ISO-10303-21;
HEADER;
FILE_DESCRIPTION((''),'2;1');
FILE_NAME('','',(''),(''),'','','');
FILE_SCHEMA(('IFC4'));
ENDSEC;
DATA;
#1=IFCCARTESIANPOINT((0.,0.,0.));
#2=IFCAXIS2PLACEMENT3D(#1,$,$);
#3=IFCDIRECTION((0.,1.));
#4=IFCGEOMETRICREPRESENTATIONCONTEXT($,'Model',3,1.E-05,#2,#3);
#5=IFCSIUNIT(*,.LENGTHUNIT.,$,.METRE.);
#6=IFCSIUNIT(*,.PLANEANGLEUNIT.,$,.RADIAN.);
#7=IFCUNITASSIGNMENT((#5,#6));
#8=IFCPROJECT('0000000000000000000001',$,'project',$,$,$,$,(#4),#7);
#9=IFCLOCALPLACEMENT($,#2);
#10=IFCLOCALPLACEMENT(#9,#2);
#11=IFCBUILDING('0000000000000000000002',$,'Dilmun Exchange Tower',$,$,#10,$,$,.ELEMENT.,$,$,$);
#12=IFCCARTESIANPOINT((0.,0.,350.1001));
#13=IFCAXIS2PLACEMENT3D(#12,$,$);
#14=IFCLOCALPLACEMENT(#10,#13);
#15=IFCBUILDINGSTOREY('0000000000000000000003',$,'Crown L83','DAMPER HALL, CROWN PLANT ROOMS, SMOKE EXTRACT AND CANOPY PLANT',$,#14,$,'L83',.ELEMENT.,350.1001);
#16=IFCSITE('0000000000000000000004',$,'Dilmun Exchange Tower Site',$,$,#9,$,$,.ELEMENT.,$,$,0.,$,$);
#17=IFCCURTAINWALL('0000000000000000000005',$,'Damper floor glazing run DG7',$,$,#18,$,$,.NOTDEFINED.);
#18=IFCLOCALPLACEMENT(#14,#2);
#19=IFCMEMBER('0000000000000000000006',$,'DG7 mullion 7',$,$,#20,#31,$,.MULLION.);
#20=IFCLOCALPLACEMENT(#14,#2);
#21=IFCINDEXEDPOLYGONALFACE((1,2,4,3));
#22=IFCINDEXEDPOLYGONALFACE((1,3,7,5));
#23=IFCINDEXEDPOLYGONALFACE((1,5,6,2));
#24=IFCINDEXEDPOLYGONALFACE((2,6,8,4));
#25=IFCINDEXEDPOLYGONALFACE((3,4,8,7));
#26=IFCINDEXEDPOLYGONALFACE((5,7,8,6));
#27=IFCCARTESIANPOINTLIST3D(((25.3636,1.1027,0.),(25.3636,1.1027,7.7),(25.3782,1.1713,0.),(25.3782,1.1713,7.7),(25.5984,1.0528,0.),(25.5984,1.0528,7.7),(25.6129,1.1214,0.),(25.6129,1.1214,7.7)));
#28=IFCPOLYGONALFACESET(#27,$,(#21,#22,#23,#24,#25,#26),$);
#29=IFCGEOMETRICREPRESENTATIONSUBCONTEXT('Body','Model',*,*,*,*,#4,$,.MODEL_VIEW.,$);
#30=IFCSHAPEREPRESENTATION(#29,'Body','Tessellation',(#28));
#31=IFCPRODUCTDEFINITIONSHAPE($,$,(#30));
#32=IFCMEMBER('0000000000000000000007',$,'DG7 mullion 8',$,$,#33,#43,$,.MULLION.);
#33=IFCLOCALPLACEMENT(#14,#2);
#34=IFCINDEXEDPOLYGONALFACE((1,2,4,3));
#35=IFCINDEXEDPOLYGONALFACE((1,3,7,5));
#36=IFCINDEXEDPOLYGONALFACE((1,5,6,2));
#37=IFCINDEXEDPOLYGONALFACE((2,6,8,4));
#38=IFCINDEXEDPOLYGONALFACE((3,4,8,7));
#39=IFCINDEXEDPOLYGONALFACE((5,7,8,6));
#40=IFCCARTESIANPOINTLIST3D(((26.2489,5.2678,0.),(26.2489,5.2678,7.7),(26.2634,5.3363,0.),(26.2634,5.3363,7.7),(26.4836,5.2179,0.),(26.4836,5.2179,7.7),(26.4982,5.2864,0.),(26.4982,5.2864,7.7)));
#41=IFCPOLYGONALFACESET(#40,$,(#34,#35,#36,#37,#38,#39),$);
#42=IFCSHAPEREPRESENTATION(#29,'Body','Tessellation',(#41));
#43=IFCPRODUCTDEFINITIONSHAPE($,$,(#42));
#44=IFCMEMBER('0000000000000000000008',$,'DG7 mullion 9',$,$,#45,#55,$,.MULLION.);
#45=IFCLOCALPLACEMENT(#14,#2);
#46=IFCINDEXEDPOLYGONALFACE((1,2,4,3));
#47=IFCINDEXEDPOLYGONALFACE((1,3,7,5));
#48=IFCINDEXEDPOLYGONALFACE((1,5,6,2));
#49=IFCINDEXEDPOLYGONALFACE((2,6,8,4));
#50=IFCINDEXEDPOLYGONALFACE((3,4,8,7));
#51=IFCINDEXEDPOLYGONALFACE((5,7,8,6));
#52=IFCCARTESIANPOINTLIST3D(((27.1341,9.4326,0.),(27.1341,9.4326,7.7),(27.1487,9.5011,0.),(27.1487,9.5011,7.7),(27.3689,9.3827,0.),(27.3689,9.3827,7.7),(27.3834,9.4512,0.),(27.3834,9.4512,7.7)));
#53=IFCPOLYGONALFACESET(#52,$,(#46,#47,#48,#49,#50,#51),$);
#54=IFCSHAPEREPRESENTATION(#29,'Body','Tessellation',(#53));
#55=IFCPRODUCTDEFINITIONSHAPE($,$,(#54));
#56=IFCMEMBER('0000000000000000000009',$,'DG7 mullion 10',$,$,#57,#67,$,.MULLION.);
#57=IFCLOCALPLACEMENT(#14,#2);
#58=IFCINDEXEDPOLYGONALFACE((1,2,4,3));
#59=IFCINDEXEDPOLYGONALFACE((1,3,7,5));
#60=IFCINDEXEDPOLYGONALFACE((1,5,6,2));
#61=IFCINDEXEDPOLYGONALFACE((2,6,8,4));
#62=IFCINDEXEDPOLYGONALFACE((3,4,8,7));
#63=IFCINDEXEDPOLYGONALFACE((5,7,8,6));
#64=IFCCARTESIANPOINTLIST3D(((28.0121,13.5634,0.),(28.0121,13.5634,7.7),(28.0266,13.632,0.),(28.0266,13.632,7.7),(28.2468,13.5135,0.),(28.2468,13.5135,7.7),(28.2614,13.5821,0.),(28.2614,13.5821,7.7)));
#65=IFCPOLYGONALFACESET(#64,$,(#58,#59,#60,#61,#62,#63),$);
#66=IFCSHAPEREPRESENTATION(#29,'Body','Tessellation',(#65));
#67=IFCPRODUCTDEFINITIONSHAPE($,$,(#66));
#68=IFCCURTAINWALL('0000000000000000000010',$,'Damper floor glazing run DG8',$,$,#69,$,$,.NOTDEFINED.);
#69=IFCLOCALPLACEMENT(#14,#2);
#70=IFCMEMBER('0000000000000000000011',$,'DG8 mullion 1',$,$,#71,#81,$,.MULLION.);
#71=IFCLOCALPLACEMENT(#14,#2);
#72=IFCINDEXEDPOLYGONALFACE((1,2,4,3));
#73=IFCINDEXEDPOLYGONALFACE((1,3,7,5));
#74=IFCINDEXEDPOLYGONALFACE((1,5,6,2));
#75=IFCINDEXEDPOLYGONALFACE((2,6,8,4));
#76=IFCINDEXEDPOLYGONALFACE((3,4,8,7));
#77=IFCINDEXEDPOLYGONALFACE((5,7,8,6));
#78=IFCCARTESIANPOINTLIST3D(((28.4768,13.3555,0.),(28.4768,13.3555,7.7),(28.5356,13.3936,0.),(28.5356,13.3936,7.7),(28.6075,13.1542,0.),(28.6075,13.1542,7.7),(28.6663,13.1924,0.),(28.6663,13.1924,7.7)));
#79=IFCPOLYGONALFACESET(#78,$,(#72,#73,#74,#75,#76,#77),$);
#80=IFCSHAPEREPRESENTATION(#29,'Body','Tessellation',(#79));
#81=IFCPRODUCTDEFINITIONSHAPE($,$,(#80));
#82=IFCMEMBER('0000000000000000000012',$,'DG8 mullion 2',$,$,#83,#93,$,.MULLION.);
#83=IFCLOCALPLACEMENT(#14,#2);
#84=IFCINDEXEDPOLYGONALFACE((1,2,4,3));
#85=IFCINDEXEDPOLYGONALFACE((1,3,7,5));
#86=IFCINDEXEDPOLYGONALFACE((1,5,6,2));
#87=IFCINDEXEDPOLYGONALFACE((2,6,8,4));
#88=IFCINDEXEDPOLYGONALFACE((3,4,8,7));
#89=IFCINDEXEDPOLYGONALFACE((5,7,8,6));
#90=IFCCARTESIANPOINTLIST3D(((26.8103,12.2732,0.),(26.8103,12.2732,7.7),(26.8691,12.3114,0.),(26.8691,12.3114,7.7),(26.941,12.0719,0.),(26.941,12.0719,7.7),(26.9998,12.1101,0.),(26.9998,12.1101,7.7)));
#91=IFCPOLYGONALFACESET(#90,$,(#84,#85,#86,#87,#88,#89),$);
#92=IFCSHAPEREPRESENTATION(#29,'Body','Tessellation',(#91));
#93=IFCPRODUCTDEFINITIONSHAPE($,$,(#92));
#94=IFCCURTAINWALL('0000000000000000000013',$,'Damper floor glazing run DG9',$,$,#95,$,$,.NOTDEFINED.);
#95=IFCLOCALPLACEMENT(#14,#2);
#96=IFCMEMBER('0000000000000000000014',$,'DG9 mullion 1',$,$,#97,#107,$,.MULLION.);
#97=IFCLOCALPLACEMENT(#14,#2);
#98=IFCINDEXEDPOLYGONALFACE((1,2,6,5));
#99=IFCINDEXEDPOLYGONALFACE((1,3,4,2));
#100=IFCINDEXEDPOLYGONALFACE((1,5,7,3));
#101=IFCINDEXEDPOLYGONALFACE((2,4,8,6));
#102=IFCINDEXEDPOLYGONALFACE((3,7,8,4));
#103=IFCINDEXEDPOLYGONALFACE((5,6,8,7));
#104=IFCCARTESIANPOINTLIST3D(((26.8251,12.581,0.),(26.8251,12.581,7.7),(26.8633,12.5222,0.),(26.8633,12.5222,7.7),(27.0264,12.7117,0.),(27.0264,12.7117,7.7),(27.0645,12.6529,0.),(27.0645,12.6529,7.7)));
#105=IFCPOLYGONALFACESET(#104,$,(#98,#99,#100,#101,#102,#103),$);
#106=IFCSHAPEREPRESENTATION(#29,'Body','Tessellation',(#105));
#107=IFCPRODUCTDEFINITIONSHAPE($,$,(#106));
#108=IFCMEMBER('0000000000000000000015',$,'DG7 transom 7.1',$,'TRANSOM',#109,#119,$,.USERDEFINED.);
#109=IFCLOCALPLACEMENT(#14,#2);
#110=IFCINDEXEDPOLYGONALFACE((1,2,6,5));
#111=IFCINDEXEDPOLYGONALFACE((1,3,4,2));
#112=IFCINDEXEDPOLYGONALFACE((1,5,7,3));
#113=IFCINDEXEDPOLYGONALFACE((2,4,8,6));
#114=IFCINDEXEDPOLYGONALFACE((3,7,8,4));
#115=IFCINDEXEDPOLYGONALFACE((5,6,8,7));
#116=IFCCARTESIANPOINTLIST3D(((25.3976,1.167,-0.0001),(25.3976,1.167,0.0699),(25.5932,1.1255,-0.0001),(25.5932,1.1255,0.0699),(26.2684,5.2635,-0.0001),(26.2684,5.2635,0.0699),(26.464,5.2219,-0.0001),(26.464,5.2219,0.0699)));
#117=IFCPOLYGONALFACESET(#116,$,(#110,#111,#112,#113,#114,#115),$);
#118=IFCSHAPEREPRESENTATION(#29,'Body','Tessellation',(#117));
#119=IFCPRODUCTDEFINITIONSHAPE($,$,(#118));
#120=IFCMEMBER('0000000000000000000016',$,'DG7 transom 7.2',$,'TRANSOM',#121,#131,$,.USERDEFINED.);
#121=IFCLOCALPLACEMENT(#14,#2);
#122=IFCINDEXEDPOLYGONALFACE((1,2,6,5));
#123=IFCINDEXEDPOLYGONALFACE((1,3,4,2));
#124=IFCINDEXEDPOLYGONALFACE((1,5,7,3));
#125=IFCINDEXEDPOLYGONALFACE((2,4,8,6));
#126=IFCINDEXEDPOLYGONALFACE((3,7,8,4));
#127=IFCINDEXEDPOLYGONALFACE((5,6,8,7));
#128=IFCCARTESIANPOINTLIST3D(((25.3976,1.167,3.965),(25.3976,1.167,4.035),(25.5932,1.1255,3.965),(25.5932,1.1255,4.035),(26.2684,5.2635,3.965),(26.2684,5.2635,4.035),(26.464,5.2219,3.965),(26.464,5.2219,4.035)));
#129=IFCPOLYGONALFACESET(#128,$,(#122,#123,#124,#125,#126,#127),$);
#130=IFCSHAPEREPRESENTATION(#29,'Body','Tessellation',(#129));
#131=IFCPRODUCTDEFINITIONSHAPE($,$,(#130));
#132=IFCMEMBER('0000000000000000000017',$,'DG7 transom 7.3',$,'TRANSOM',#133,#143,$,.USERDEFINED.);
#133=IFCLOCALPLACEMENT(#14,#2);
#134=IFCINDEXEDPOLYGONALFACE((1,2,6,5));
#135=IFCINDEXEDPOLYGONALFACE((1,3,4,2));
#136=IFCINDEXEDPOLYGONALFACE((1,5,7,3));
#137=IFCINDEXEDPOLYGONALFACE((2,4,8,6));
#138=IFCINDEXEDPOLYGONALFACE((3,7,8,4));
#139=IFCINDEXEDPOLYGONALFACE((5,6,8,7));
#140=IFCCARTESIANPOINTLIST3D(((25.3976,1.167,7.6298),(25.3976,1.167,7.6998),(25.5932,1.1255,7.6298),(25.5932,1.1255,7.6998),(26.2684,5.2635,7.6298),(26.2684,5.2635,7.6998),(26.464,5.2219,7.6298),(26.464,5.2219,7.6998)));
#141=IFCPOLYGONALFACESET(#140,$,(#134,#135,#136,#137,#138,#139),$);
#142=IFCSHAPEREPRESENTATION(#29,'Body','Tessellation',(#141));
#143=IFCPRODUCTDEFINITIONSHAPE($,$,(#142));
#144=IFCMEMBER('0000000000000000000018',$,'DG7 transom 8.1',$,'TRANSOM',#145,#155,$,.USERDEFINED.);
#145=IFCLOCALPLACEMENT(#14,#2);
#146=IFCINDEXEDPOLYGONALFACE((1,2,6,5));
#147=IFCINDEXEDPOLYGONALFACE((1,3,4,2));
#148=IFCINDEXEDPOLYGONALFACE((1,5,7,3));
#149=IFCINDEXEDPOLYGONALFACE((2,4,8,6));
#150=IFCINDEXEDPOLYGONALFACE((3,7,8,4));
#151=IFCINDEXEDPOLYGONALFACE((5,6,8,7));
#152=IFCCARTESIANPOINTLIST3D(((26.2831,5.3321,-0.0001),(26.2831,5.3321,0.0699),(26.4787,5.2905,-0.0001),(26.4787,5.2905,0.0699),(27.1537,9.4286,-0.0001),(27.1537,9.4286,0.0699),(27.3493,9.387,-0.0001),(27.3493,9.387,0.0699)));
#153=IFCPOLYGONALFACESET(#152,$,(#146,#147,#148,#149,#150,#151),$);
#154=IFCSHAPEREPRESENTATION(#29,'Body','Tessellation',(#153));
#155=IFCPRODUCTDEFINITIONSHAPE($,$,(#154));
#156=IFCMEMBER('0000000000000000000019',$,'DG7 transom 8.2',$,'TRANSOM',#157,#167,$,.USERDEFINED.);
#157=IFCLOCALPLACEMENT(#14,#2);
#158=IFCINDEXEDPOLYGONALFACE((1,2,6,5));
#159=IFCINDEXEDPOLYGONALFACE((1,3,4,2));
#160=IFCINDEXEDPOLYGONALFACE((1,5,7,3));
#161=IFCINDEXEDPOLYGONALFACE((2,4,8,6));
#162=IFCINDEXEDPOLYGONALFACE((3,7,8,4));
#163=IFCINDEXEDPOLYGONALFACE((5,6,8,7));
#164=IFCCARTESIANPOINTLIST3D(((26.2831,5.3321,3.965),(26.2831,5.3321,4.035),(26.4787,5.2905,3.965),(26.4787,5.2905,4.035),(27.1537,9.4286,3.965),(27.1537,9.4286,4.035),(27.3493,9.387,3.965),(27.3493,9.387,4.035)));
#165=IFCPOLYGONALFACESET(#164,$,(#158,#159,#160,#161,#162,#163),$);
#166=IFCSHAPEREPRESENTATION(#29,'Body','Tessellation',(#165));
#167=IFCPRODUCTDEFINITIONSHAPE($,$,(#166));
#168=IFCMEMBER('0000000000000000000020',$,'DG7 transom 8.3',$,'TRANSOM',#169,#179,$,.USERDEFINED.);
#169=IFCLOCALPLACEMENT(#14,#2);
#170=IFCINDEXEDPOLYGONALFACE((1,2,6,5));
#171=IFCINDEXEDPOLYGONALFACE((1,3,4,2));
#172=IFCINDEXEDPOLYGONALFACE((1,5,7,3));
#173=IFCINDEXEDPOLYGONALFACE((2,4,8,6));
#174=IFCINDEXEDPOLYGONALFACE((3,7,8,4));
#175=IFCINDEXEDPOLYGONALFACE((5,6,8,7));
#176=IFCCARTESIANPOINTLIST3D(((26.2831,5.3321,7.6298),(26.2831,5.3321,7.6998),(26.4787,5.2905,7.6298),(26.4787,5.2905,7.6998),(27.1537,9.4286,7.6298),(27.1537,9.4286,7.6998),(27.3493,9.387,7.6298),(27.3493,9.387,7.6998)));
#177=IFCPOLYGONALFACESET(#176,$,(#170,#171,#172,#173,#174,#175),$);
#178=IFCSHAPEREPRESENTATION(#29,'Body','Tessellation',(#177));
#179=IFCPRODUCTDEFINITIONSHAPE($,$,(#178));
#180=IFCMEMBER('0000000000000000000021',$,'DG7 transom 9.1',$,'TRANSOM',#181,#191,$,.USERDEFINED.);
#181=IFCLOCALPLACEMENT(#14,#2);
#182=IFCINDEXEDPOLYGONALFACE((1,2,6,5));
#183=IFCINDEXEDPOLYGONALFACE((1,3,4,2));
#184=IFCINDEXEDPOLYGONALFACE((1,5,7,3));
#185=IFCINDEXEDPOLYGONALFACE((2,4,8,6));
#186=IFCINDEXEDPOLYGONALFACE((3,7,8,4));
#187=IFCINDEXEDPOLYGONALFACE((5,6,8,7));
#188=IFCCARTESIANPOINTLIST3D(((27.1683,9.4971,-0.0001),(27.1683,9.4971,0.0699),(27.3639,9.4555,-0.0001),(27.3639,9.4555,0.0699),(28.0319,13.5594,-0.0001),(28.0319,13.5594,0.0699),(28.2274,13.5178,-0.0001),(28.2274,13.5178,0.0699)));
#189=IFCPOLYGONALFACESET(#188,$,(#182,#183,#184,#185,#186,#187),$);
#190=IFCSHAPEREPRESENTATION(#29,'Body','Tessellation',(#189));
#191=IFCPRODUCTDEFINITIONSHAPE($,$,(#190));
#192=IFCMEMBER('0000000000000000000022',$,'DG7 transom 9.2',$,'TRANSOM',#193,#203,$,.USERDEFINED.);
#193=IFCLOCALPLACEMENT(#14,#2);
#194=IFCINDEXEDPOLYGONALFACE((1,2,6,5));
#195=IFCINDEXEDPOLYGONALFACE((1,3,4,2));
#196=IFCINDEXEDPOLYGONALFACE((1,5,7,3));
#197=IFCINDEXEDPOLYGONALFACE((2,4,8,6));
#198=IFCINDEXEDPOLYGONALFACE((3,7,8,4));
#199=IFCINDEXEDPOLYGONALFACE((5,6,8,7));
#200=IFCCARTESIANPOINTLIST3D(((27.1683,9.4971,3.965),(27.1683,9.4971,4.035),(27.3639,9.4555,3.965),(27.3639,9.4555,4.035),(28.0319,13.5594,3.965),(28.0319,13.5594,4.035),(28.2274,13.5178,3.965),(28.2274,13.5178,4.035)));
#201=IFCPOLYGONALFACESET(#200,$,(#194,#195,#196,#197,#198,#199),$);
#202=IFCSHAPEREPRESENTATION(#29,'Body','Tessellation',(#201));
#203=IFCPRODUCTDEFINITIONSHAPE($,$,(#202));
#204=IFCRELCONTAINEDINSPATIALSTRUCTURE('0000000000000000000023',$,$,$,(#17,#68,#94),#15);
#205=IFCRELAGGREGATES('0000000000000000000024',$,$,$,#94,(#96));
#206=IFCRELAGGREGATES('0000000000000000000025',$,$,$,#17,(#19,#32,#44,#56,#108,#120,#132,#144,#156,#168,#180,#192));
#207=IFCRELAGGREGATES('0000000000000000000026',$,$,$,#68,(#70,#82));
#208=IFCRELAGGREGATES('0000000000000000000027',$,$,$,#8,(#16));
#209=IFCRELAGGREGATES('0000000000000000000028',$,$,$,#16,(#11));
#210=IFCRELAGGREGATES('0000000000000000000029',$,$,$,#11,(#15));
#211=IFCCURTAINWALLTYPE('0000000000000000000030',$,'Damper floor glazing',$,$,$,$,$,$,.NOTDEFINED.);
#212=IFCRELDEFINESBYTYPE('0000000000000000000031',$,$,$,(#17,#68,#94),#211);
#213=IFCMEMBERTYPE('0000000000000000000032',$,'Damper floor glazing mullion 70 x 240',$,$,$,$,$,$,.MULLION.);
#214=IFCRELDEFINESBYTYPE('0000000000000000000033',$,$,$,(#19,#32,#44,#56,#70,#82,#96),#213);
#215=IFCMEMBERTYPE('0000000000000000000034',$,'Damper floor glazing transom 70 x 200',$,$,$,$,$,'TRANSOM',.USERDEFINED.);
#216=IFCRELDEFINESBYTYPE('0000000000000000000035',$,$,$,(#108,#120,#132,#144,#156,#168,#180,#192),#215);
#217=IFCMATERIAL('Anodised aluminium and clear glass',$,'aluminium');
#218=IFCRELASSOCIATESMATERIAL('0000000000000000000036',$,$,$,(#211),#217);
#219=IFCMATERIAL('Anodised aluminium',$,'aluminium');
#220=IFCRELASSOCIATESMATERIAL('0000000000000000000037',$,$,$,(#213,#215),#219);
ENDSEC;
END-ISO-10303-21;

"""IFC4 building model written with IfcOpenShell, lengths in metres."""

from ifc_helpers import new_model, si_unit, direction, frame, origin, origin_2d, place, context, subcontext, project, spatial, rectangle, extrude, material, material_profile, profile_set, type_object, element, aggregate, save


model = new_model("IFC4")

# Units and contexts
model_context = context("Model", 3, precision=1e-05, world=origin(), true_north=direction((0.0, 1.0)))
body_context = subcontext(model_context, "Body", "Model", "MODEL_VIEW")
ifc_project = project(units=[si_unit("LENGTHUNIT", "METRE"), si_unit("PLANEANGLEUNIT", "RADIAN")], contexts=[model_context])

# Site, building, storey
site_placement = place(None, origin())
site = spatial("IfcSite", under=ifc_project, at=site_placement, Name="Dilmun Exchange Tower Site", CompositionType="ELEMENT", RefElevation=0.0)
building_placement = place(site_placement, origin())
building = spatial("IfcBuilding", under=site, at=building_placement, Name="Dilmun Exchange Tower", CompositionType="ELEMENT")
storey_placement = place(building_placement, frame((0.0, 0.0, 350.1001)))
storey = spatial("IfcBuildingStorey", under=building, at=storey_placement, Name="Crown L83", Description="DAMPER HALL, CROWN PLANT ROOMS, SMOKE EXTRACT AND CANOPY PLANT", LongName="L83", CompositionType="ELEMENT", Elevation=350.1001)

# Curtain walls, members
ifc_material_1 = material(Name="Anodised aluminium and clear glass", Category="aluminium")
curtain_wall_type = type_object("IfcCurtainWallType", Name="Damper floor glazing", PredefinedType="NOTDEFINED", material=ifc_material_1)
curtain_wall_1_placement = place(storey_placement, origin())
curtain_wall_1 = element("IfcCurtainWall", 1, at=curtain_wall_1_placement, inside=storey, type_object=curtain_wall_type, Name="Damper floor glazing run DG7", PredefinedType="NOTDEFINED")
ifc_material_2 = material(Name="Anodised aluminium", Category="aluminium")
ifc_material_profile_1 = material_profile(ifc_material_2, rectangle(XDim=0.24, YDim=0.0701, at=origin_2d()), Name="AL 70x240")
ifc_profile_set_1 = profile_set([ifc_material_profile_1], Name="Anodised aluminium")
member_type_1 = type_object("IfcMemberType", Name="Damper floor glazing mullion 70 x 240", PredefinedType="MULLION", material=ifc_profile_set_1)
member_1_placement = place(storey_placement, frame((25.4883, 1.1121, 0.0), z_axis=(0.0, 0.0, 1.0), x_axis=(-0.978147, 0.207913, 0.0)))
member_1 = element("IfcMember", 2, at=member_1_placement, type_object=member_type_1, Name="DG7 mullion 7", PredefinedType="MULLION", context=body_context, shape_type="SweptSolid", body=[
    extrude(rectangle(XDim=0.24, YDim=0.0701, at=origin_2d()), origin(), (0.0, 0.0, 1.0), 7.7),
])
member_2_placement = place(storey_placement, frame((26.3735, 5.2771, 0.0), z_axis=(0.0, 0.0, 1.0), x_axis=(-0.978147, 0.207913, 0.0)))
member_2 = element("IfcMember", 3, at=member_2_placement, type_object=member_type_1, Name="DG7 mullion 8", PredefinedType="MULLION", context=body_context, shape_type="SweptSolid", body=[
    extrude(rectangle(XDim=0.24, YDim=0.0701, at=origin_2d()), origin(), (0.0, 0.0, 1.0), 7.7),
])
member_3_placement = place(storey_placement, frame((27.2588, 9.4419, 0.0), z_axis=(0.0, 0.0, 1.0), x_axis=(-0.978147, 0.207913, 0.0)))
member_3 = element("IfcMember", 4, at=member_3_placement, type_object=member_type_1, Name="DG7 mullion 9", PredefinedType="MULLION", context=body_context, shape_type="SweptSolid", body=[
    extrude(rectangle(XDim=0.24, YDim=0.0701, at=origin_2d()), origin(), (0.0, 0.0, 1.0), 7.7),
])
member_4_placement = place(storey_placement, frame((28.1367, 13.5728, 0.0), z_axis=(0.0, 0.0, 1.0), x_axis=(-0.978147, 0.207913, 0.0)))
member_4 = element("IfcMember", 5, at=member_4_placement, type_object=member_type_1, Name="DG7 mullion 10", PredefinedType="MULLION", context=body_context, shape_type="SweptSolid", body=[
    extrude(rectangle(XDim=0.24, YDim=0.0701, at=origin_2d()), origin(), (0.0, 0.0, 1.0), 7.7),
])
curtain_wall_2_placement = place(storey_placement, origin())
curtain_wall_2 = element("IfcCurtainWall", 6, at=curtain_wall_2_placement, inside=storey, type_object=curtain_wall_type, Name="Damper floor glazing run DG8", PredefinedType="NOTDEFINED")
member_5_placement = place(storey_placement, frame((28.5715, 13.2739, 0.0), z_axis=(0.0, 0.0, 1.0), x_axis=(0.544653, -0.838661, 0.0)))
member_5 = element("IfcMember", 7, at=member_5_placement, type_object=member_type_1, Name="DG8 mullion 1", PredefinedType="MULLION", context=body_context, shape_type="SweptSolid", body=[
    extrude(rectangle(XDim=0.24, YDim=0.0701, at=origin_2d()), origin(), (0.0, 0.0, 1.0), 7.7),
])
member_6_placement = place(storey_placement, frame((26.905, 12.1917, 0.0), z_axis=(0.0, 0.0, 1.0), x_axis=(0.544653, -0.838661, 0.0)))
member_6 = element("IfcMember", 8, at=member_6_placement, type_object=member_type_1, Name="DG8 mullion 2", PredefinedType="MULLION", context=body_context, shape_type="SweptSolid", body=[
    extrude(rectangle(XDim=0.24, YDim=0.0701, at=origin_2d()), origin(), (0.0, 0.0, 1.0), 7.7),
])

# Curtain wall, member
curtain_wall_3_placement = place(storey_placement, origin())
curtain_wall_3 = element("IfcCurtainWall", 9, at=curtain_wall_3_placement, inside=storey, type_object=curtain_wall_type, Name="Damper floor glazing run DG9", PredefinedType="NOTDEFINED")
member_7_placement = place(storey_placement, frame((26.9448, 12.6169, 0.0), z_axis=(0.0, 0.0, 1.0), x_axis=(-0.838668, -0.544643, 0.0)))
member_7 = element("IfcMember", 10, at=member_7_placement, type_object=member_type_1, Name="DG9 mullion 1", PredefinedType="MULLION", context=body_context, shape_type="SweptSolid", body=[
    extrude(rectangle(XDim=0.24, YDim=0.0701, at=origin_2d()), origin(), (0.0, 0.0, 1.0), 7.7),
])

# Members
ifc_material_profile_2 = material_profile(ifc_material_2, rectangle(XDim=0.2, YDim=0.0701, at=origin_2d()), Name="AL 70x200")
ifc_profile_set_2 = profile_set([ifc_material_profile_2], Name="Anodised aluminium")
member_type_2 = type_object("IfcMemberType", Name="Damper floor glazing transom 70 x 200", ElementType="TRANSOM", PredefinedType="USERDEFINED", material=ifc_profile_set_2)
member_8_placement = place(storey_placement, frame((25.4954, 1.1462, 0.0349), z_axis=(0.20794, 0.978142, 0.0), x_axis=(-0.978142, 0.20794, 0.0)))
member_8 = element("IfcMember", 11, at=member_8_placement, type_object=member_type_2, Name="DG7 transom 7.1", ObjectType="TRANSOM", PredefinedType="USERDEFINED", context=body_context, shape_type="SweptSolid", body=[
    extrude(rectangle(XDim=0.2, YDim=0.0701, at=origin_2d()), origin(), (0.0, 0.0, 1.0), 4.188),
])
member_9_placement = place(storey_placement, frame((25.4954, 1.1462, 4.0), z_axis=(0.20794, 0.978142, 0.0), x_axis=(-0.978142, 0.20794, 0.0)))
member_9 = element("IfcMember", 12, at=member_9_placement, type_object=member_type_2, Name="DG7 transom 7.2", ObjectType="TRANSOM", PredefinedType="USERDEFINED", context=body_context, shape_type="SweptSolid", body=[
    extrude(rectangle(XDim=0.2, YDim=0.0701, at=origin_2d()), origin(), (0.0, 0.0, 1.0), 4.188),
])
member_10_placement = place(storey_placement, frame((25.4954, 1.1462, 7.6648), z_axis=(0.20794, 0.978142, 0.0), x_axis=(-0.978142, 0.20794, 0.0)))
member_10 = element("IfcMember", 13, at=member_10_placement, type_object=member_type_2, Name="DG7 transom 7.3", ObjectType="TRANSOM", PredefinedType="USERDEFINED", context=body_context, shape_type="SweptSolid", body=[
    extrude(rectangle(XDim=0.2, YDim=0.0701, at=origin_2d()), origin(), (0.0, 0.0, 1.0), 4.188),
])
member_11_placement = place(storey_placement, frame((26.3809, 5.3113, 0.0349), z_axis=(0.207885, 0.978153, 0.0), x_axis=(-0.978153, 0.207885, 0.0)))
member_11 = element("IfcMember", 14, at=member_11_placement, type_object=member_type_2, Name="DG7 transom 8.1", ObjectType="TRANSOM", PredefinedType="USERDEFINED", context=body_context, shape_type="SweptSolid", body=[
    extrude(rectangle(XDim=0.2, YDim=0.0701, at=origin_2d()), origin(), (0.0, 0.0, 1.0), 4.188),
])
member_12_placement = place(storey_placement, frame((26.3809, 5.3113, 4.0), z_axis=(0.207885, 0.978153, 0.0), x_axis=(-0.978153, 0.207885, 0.0)))
member_12 = element("IfcMember", 15, at=member_12_placement, type_object=member_type_2, Name="DG7 transom 8.2", ObjectType="TRANSOM", PredefinedType="USERDEFINED", context=body_context, shape_type="SweptSolid", body=[
    extrude(rectangle(XDim=0.2, YDim=0.0701, at=origin_2d()), origin(), (0.0, 0.0, 1.0), 4.188),
])
member_13_placement = place(storey_placement, frame((26.3809, 5.3113, 7.6648), z_axis=(0.207885, 0.978153, 0.0), x_axis=(-0.978153, 0.207885, 0.0)))
member_13 = element("IfcMember", 16, at=member_13_placement, type_object=member_type_2, Name="DG7 transom 8.3", ObjectType="TRANSOM", PredefinedType="USERDEFINED", context=body_context, shape_type="SweptSolid", body=[
    extrude(rectangle(XDim=0.2, YDim=0.0701, at=origin_2d()), origin(), (0.0, 0.0, 1.0), 4.188),
])
member_14_placement = place(storey_placement, frame((27.2661, 9.4763, 0.0349), z_axis=(0.207927, 0.978144, 0.0), x_axis=(-0.978144, 0.207927, 0.0)))
member_14 = element("IfcMember", 17, at=member_14_placement, type_object=member_type_2, Name="DG7 transom 9.1", ObjectType="TRANSOM", PredefinedType="USERDEFINED", context=body_context, shape_type="SweptSolid", body=[
    extrude(rectangle(XDim=0.2, YDim=0.0701, at=origin_2d()), origin(), (0.0, 0.0, 1.0), 4.1531),
])
member_15_placement = place(storey_placement, frame((27.2661, 9.4763, 4.0), z_axis=(0.207927, 0.978144, 0.0), x_axis=(-0.978144, 0.207927, 0.0)))
member_15 = element("IfcMember", 18, at=member_15_placement, type_object=member_type_2, Name="DG7 transom 9.2", ObjectType="TRANSOM", PredefinedType="USERDEFINED", context=body_context, shape_type="SweptSolid", body=[
    extrude(rectangle(XDim=0.2, YDim=0.0701, at=origin_2d()), origin(), (0.0, 0.0, 1.0), 4.1531),
])
aggregate(curtain_wall_3, [member_7])

aggregate(curtain_wall_1, [member_1, member_2, member_3, member_4, member_8, member_9, member_10, member_11, member_12, member_13, member_14, member_15])
aggregate(curtain_wall_2, [member_5, member_6])

save(model, "model.ifc")
